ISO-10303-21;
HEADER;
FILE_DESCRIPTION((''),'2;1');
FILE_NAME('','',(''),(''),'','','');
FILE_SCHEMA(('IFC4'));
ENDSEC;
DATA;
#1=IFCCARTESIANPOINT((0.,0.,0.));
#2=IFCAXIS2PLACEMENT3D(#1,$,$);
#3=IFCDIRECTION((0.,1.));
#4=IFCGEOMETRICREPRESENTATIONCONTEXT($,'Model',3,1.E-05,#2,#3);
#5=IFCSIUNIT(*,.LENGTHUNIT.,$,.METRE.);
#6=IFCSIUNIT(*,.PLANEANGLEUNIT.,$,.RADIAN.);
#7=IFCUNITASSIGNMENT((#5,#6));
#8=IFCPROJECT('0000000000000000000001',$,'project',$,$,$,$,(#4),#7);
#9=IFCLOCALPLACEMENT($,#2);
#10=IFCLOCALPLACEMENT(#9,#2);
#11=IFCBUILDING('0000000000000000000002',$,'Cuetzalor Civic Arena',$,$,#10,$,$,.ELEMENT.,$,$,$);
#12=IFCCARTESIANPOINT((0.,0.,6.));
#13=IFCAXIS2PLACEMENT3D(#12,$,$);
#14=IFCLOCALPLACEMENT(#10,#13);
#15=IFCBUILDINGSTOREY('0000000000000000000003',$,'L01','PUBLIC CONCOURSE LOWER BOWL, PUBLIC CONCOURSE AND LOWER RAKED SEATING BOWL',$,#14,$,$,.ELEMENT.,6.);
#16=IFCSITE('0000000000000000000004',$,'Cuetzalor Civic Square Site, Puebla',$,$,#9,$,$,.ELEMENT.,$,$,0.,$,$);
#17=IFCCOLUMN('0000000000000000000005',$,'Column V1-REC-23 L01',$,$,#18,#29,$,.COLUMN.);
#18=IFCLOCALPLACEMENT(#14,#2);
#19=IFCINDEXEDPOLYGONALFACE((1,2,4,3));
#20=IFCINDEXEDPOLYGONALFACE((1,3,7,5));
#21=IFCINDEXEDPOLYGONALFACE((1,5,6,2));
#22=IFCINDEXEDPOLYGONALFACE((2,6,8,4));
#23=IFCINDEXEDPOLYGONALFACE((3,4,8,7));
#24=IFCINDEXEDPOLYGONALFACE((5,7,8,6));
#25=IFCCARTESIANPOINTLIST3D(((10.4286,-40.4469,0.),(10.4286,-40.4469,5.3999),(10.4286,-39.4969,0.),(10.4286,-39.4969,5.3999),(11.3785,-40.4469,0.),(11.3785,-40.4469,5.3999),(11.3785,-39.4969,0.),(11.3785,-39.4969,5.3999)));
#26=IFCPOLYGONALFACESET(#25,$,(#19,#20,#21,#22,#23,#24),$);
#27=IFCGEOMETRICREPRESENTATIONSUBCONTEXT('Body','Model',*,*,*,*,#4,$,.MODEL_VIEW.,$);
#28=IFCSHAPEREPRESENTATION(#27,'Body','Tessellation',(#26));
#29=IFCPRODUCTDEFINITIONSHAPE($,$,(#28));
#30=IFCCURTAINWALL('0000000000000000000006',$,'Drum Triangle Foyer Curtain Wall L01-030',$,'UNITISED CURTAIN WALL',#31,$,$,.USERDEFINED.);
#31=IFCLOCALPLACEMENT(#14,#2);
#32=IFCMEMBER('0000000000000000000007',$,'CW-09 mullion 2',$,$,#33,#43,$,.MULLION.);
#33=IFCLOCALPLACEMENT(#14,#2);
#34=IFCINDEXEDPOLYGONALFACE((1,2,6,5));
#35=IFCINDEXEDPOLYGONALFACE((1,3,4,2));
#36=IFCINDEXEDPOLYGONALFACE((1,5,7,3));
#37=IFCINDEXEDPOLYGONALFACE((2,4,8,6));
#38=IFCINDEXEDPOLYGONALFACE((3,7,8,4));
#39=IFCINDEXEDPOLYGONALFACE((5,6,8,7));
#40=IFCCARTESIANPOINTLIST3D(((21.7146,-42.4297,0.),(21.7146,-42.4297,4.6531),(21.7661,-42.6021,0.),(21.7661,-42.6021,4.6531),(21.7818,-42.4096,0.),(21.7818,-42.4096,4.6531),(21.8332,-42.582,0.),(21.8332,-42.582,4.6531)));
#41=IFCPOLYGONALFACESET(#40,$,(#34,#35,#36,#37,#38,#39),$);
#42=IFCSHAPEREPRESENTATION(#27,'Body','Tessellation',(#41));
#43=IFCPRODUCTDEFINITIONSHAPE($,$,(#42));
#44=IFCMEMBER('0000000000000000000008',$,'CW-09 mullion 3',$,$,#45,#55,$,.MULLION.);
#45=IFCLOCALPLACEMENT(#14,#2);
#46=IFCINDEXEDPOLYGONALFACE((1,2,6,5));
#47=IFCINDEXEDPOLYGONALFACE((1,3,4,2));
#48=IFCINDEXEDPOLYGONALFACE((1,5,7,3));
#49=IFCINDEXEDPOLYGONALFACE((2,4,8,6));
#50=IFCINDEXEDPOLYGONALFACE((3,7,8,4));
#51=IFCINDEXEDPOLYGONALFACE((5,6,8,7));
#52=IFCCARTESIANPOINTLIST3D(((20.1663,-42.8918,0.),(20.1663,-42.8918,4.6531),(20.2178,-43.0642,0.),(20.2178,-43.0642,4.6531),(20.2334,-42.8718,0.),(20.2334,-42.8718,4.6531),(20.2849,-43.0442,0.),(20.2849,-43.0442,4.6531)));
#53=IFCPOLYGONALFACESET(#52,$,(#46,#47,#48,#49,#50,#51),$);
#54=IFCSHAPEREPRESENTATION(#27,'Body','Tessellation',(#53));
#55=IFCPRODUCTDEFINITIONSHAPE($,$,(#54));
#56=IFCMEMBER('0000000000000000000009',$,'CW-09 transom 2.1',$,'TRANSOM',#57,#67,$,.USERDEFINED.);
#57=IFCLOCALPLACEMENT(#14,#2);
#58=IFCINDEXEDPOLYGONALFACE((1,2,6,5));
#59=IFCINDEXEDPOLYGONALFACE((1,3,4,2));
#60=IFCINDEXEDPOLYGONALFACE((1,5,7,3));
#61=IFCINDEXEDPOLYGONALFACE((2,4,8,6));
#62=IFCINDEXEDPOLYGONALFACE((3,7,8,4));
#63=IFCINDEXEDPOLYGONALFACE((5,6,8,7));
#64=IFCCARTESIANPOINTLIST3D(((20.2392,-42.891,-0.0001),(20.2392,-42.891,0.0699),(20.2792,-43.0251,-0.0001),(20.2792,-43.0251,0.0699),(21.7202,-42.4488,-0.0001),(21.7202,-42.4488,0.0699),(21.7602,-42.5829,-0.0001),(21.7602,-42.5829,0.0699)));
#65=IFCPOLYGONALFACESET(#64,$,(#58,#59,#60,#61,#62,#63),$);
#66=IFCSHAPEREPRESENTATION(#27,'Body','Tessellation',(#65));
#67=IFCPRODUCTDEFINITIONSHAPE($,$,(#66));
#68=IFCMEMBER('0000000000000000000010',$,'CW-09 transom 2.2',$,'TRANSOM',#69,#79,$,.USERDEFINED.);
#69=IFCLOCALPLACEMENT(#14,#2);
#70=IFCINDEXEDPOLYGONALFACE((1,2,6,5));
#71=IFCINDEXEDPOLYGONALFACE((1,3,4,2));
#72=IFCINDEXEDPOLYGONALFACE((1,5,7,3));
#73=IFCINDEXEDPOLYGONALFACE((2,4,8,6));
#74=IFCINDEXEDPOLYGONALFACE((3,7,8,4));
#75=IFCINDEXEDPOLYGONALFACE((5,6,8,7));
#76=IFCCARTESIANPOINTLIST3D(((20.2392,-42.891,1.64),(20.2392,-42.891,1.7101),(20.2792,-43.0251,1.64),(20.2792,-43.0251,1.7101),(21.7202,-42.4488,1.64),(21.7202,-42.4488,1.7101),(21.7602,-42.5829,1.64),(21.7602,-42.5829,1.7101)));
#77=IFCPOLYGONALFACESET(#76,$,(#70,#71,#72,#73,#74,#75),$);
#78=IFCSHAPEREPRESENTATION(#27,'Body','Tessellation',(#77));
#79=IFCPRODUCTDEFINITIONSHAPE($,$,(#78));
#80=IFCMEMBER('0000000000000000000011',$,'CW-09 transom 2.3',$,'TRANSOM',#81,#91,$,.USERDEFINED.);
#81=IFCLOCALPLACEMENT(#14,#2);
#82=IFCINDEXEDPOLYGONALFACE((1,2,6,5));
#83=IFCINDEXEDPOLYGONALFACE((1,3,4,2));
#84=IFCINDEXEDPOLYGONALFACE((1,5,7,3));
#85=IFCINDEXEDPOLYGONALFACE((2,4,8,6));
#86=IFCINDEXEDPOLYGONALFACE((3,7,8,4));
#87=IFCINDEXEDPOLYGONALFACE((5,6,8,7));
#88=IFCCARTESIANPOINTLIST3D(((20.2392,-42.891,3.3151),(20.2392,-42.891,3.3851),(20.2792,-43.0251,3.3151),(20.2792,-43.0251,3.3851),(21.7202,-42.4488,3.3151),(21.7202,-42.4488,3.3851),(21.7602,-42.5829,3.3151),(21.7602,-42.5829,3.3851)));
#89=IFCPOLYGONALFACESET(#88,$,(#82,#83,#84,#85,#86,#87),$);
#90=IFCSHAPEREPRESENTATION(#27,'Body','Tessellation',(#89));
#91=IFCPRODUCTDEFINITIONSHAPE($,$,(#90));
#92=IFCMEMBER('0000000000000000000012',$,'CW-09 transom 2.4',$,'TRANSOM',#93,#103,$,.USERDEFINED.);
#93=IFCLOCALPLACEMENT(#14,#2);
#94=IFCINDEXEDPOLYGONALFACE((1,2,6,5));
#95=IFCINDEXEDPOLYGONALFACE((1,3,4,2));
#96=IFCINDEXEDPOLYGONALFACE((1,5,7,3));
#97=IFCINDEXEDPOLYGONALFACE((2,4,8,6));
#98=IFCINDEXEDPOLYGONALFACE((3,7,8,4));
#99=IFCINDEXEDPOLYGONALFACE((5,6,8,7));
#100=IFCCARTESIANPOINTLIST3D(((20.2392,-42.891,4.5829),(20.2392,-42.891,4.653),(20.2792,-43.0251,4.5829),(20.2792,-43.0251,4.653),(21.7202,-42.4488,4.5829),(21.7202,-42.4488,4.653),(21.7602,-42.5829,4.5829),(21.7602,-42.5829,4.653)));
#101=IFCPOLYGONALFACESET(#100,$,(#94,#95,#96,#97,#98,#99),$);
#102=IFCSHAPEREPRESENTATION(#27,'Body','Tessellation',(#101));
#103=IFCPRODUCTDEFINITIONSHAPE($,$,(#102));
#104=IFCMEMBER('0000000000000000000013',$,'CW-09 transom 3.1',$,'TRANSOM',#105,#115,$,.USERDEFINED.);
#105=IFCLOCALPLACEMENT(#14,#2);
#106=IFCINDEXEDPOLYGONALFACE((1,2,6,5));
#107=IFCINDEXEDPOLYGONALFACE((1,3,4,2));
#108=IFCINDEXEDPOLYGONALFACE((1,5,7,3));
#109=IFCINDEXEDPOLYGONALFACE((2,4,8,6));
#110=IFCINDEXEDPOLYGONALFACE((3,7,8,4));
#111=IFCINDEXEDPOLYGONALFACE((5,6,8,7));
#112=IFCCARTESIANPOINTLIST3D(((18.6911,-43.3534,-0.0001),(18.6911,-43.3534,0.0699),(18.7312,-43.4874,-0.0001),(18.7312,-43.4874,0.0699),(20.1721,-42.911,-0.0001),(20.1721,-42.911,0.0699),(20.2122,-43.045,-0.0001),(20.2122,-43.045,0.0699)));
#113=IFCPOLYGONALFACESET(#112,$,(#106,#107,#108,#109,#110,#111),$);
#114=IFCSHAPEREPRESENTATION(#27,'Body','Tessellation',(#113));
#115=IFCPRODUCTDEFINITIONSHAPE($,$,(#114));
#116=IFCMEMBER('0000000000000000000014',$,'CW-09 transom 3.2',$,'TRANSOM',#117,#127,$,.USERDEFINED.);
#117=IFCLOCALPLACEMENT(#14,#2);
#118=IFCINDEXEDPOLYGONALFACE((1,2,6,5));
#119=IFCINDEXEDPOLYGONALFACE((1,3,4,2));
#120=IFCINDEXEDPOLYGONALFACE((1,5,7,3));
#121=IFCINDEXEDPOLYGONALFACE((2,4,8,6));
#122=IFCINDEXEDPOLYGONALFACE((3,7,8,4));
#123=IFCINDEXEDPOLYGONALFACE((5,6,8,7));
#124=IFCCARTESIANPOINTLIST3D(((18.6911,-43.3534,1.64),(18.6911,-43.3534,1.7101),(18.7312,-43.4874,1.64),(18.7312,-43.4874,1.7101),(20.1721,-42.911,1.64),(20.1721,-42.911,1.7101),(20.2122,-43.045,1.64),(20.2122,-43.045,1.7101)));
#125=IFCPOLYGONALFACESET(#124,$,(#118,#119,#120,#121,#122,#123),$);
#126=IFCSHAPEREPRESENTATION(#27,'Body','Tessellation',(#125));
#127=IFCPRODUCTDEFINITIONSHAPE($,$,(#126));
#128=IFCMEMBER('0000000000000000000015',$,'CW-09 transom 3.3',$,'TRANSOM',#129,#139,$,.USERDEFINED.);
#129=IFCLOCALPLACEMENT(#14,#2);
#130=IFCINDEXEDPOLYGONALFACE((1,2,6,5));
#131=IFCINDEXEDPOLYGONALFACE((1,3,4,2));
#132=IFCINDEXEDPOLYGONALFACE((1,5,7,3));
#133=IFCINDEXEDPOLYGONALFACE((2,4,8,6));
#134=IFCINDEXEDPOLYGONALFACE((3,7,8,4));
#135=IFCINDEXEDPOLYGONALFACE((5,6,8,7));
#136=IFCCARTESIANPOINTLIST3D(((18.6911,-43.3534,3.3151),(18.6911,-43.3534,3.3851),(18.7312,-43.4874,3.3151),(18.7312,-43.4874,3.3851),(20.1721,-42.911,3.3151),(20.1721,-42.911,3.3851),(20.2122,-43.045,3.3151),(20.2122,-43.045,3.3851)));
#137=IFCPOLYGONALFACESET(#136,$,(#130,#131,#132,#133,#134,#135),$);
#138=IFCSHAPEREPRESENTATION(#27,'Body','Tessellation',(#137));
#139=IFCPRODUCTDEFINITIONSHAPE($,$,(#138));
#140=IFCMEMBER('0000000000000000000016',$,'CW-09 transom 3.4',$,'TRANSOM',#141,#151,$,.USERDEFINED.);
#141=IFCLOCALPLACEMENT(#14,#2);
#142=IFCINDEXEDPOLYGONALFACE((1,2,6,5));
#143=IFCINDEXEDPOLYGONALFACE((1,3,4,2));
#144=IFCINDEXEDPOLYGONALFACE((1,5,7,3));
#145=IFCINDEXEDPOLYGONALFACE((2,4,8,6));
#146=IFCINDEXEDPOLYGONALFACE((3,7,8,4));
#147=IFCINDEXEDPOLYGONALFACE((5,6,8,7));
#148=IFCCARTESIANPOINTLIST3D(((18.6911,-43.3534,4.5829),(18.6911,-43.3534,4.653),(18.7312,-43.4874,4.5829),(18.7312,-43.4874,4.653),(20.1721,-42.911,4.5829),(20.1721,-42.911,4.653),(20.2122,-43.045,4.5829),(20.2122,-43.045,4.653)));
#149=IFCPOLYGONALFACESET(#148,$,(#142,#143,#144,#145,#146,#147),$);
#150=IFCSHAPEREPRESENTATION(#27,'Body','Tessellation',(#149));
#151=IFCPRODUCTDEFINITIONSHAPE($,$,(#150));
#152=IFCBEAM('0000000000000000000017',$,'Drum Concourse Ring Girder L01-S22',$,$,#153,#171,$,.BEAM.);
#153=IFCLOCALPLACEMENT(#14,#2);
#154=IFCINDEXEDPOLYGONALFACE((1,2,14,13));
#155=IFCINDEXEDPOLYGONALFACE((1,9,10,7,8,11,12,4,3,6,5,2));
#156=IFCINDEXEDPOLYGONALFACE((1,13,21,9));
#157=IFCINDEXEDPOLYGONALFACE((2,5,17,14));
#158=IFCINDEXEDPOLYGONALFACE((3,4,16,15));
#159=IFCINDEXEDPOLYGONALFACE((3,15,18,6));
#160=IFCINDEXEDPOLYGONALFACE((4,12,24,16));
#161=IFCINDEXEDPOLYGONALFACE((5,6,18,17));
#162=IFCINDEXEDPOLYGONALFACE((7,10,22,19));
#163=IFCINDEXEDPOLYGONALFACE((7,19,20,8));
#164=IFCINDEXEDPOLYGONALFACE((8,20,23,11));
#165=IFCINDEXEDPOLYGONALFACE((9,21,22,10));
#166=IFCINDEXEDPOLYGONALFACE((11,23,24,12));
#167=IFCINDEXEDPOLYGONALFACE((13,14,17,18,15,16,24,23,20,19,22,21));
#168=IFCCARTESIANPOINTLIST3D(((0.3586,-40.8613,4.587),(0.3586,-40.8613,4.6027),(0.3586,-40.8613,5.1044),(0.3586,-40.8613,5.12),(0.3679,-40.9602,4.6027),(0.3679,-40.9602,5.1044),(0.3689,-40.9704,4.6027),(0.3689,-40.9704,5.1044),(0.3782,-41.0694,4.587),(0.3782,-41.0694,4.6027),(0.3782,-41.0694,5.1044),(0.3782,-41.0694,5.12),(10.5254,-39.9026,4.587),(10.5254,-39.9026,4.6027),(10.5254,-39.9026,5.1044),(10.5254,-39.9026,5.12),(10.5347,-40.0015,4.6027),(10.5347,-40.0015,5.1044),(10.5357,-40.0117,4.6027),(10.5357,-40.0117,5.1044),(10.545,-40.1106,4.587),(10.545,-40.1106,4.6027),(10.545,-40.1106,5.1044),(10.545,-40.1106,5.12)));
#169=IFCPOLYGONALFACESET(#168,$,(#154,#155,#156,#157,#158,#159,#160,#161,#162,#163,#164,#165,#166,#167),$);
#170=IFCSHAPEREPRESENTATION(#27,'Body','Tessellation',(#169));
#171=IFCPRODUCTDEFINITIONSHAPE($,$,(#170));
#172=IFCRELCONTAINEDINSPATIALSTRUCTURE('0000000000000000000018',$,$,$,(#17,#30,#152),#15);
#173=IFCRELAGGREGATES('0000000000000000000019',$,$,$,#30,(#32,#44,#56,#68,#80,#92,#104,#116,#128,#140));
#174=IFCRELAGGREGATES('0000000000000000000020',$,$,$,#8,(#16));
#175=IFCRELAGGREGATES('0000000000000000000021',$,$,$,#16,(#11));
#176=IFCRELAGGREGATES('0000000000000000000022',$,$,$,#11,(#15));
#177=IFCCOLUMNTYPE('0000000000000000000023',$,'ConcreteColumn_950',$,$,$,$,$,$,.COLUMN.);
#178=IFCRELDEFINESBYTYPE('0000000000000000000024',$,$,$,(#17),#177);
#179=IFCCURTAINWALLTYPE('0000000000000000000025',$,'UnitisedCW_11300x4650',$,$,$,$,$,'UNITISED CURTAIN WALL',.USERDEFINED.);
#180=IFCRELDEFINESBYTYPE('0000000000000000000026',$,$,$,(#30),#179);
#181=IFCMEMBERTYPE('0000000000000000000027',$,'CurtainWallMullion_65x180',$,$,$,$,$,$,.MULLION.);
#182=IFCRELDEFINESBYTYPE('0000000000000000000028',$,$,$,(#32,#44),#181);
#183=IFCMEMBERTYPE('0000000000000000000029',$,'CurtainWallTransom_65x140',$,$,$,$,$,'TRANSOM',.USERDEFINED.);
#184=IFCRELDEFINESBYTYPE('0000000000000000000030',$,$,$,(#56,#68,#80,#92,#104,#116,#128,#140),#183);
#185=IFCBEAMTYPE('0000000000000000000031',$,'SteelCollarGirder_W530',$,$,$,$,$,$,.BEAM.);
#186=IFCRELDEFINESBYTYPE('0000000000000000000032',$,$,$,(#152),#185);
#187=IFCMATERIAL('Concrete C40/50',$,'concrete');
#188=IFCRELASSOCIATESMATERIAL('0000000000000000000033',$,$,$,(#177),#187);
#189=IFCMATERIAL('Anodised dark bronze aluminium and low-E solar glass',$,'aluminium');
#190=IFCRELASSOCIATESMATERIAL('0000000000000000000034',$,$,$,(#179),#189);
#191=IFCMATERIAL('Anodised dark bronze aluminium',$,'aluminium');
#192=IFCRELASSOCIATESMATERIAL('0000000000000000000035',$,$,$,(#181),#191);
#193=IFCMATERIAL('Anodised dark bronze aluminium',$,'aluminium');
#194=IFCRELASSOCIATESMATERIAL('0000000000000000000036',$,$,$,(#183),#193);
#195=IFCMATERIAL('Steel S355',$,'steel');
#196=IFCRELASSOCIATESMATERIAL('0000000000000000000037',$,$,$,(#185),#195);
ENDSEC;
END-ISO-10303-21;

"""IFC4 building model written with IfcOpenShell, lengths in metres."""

from ifc_helpers import new_model, si_unit, direction, frame, origin, origin_2d, place, context, subcontext, project, spatial, rectangle, i_section, extrude, material, material_profile, profile_set, type_object, element, aggregate, save


model = new_model("IFC4")

# Units and contexts
model_context = context("Model", 3, precision=1e-05, world=origin(), true_north=direction((0.0, 1.0)))
body_context = subcontext(model_context, "Body", "Model", "MODEL_VIEW")
ifc_project = project(units=[si_unit("LENGTHUNIT", "METRE"), si_unit("PLANEANGLEUNIT", "RADIAN")], contexts=[model_context])

# Site, building, storey
site_placement = place(None, origin())
site = spatial("IfcSite", under=ifc_project, at=site_placement, Name="Cuetzalor Civic Square Site, Puebla", CompositionType="ELEMENT", RefElevation=0.0)
building_placement = place(site_placement, origin())
building = spatial("IfcBuilding", under=site, at=building_placement, Name="Cuetzalor Civic Arena", CompositionType="ELEMENT")
storey_placement = place(building_placement, frame((0.0, 0.0, 6.0)))
storey = spatial("IfcBuildingStorey", under=building, at=storey_placement, Name="L01", Description="PUBLIC CONCOURSE LOWER BOWL, PUBLIC CONCOURSE AND LOWER RAKED SEATING BOWL", CompositionType="ELEMENT", Elevation=6.0)

# Column
ifc_material_1 = material(Name="Concrete C40/50", Category="concrete")
ifc_material_profile_1 = material_profile(ifc_material_1, rectangle(XDim=0.95, YDim=0.95, at=origin_2d()), Name="RC 950x950")
ifc_profile_set_1 = profile_set([ifc_material_profile_1], Name="Concrete C40/50")
column_type = type_object("IfcColumnType", Name="ConcreteColumn_950", PredefinedType="COLUMN", material=ifc_profile_set_1)
column_placement = place(storey_placement, frame((10.9036, -39.9719, 0.0), z_axis=(0.0, 0.0, 1.0), x_axis=(1.0, 0.0, 0.0)))
element("IfcColumn", 1, at=column_placement, inside=storey, type_object=column_type, Name="Column V1-REC-23 L01", PredefinedType="COLUMN", context=body_context, shape_type="SweptSolid", body=[
    extrude(rectangle(XDim=0.95, YDim=0.95, at=origin_2d()), origin(), (0.0, 0.0, 1.0), 5.3999),
])

# Curtain wall, members
ifc_material_2 = material(Name="Anodised dark bronze aluminium and low-E solar glass", Category="aluminium")
curtain_wall_type = type_object("IfcCurtainWallType", Name="UnitisedCW_11300x4650", ElementType="UNITISED CURTAIN WALL", PredefinedType="USERDEFINED", material=ifc_material_2)
curtain_wall_placement = place(storey_placement, origin())
curtain_wall = element("IfcCurtainWall", 2, at=curtain_wall_placement, inside=storey, type_object=curtain_wall_type, Name="Drum Triangle Foyer Curtain Wall L01-030", ObjectType="UNITISED CURTAIN WALL", PredefinedType="USERDEFINED")
ifc_material_3 = material(Name="Anodised dark bronze aluminium", Category="aluminium")
ifc_material_profile_2 = material_profile(ifc_material_3, rectangle(XDim=0.0701, YDim=0.1799, at=origin_2d()), Name="ALU MULLION 70x180")
ifc_profile_set_2 = profile_set([ifc_material_profile_2], Name="Anodised dark bronze aluminium")
member_type_1 = type_object("IfcMemberType", Name="CurtainWallMullion_65x180", PredefinedType="MULLION", material=ifc_profile_set_2)
member_1_placement = place(storey_placement, frame((21.7739, -42.5059, 0.0), z_axis=(0.0, 0.0, 1.0), x_axis=(-0.958194, -0.28612, 0.0)))
member_1 = element("IfcMember", 3, at=member_1_placement, type_object=member_type_1, Name="CW-09 mullion 2", PredefinedType="MULLION", context=body_context, shape_type="SweptSolid", body=[
    extrude(rectangle(XDim=0.0701, YDim=0.1799, at=origin_2d()), origin(), (0.0, 0.0, 1.0), 4.6531),
])
member_2_placement = place(storey_placement, frame((20.2256, -42.968, 0.0), z_axis=(0.0, 0.0, 1.0), x_axis=(-0.958194, -0.28612, 0.0)))
member_2 = element("IfcMember", 4, at=member_2_placement, type_object=member_type_1, Name="CW-09 mullion 3", PredefinedType="MULLION", context=body_context, shape_type="SweptSolid", body=[
    extrude(rectangle(XDim=0.0701, YDim=0.1799, at=origin_2d()), origin(), (0.0, 0.0, 1.0), 4.6531),
])
ifc_material_4 = material(Name="Anodised dark bronze aluminium", Category="aluminium")
ifc_material_profile_3 = material_profile(ifc_material_4, rectangle(XDim=0.1399, YDim=0.0701, at=origin_2d()), Name="ALU TRANSOM 70x140")
ifc_profile_set_3 = profile_set([ifc_material_profile_3], Name="Anodised dark bronze aluminium")
member_type_2 = type_object("IfcMemberType", Name="CurtainWallTransom_65x140", ElementType="TRANSOM", PredefinedType="USERDEFINED", material=ifc_profile_set_3)
member_3_placement = place(storey_placement, frame((21.7402, -42.5159, 0.0349), z_axis=(-0.958208, -0.286072, 0.0), x_axis=(0.286072, -0.958208, 0.0)))
member_3 = element("IfcMember", 5, at=member_3_placement, type_object=member_type_2, Name="CW-09 transom 2.1", ObjectType="TRANSOM", PredefinedType="USERDEFINED", context=body_context, shape_type="SweptSolid", body=[
    extrude(rectangle(XDim=0.1399, YDim=0.0701, at=origin_2d()), origin(), (0.0, 0.0, 1.0), 1.5457),
])
member_4_placement = place(storey_placement, frame((21.7402, -42.5159, 1.675), z_axis=(-0.958208, -0.286072, 0.0), x_axis=(0.286072, -0.958208, 0.0)))
member_4 = element("IfcMember", 6, at=member_4_placement, type_object=member_type_2, Name="CW-09 transom 2.2", ObjectType="TRANSOM", PredefinedType="USERDEFINED", context=body_context, shape_type="SweptSolid", body=[
    extrude(rectangle(XDim=0.1399, YDim=0.0701, at=origin_2d()), origin(), (0.0, 0.0, 1.0), 1.5457),
])
member_5_placement = place(storey_placement, frame((21.7402, -42.5159, 3.3501), z_axis=(-0.958208, -0.286072, 0.0), x_axis=(0.286072, -0.958208, 0.0)))
member_5 = element("IfcMember", 7, at=member_5_placement, type_object=member_type_2, Name="CW-09 transom 2.3", ObjectType="TRANSOM", PredefinedType="USERDEFINED", context=body_context, shape_type="SweptSolid", body=[
    extrude(rectangle(XDim=0.1399, YDim=0.0701, at=origin_2d()), origin(), (0.0, 0.0, 1.0), 1.5457),
])
member_6_placement = place(storey_placement, frame((21.7402, -42.5159, 4.6179), z_axis=(-0.958208, -0.286072, 0.0), x_axis=(0.286072, -0.958208, 0.0)))
member_6 = element("IfcMember", 8, at=member_6_placement, type_object=member_type_2, Name="CW-09 transom 2.4", ObjectType="TRANSOM", PredefinedType="USERDEFINED", context=body_context, shape_type="SweptSolid", body=[
    extrude(rectangle(XDim=0.1399, YDim=0.0701, at=origin_2d()), origin(), (0.0, 0.0, 1.0), 1.5457),
])
member_7_placement = place(storey_placement, frame((20.1921, -42.978, 0.0349), z_axis=(-0.958165, -0.286217, 0.0), x_axis=(0.286217, -0.958165, 0.0)))
member_7 = element("IfcMember", 9, at=member_7_placement, type_object=member_type_2, Name="CW-09 transom 3.1", ObjectType="TRANSOM", PredefinedType="USERDEFINED", context=body_context, shape_type="SweptSolid", body=[
    extrude(rectangle(XDim=0.1399, YDim=0.0701, at=origin_2d()), origin(), (0.0, 0.0, 1.0), 1.5457),
])
member_8_placement = place(storey_placement, frame((20.1921, -42.978, 1.675), z_axis=(-0.958165, -0.286217, 0.0), x_axis=(0.286217, -0.958165, 0.0)))
member_8 = element("IfcMember", 10, at=member_8_placement, type_object=member_type_2, Name="CW-09 transom 3.2", ObjectType="TRANSOM", PredefinedType="USERDEFINED", context=body_context, shape_type="SweptSolid", body=[
    extrude(rectangle(XDim=0.1399, YDim=0.0701, at=origin_2d()), origin(), (0.0, 0.0, 1.0), 1.5457),
])
member_9_placement = place(storey_placement, frame((20.1921, -42.978, 3.3501), z_axis=(-0.958165, -0.286217, 0.0), x_axis=(0.286217, -0.958165, 0.0)))
member_9 = element("IfcMember", 11, at=member_9_placement, type_object=member_type_2, Name="CW-09 transom 3.3", ObjectType="TRANSOM", PredefinedType="USERDEFINED", context=body_context, shape_type="SweptSolid", body=[
    extrude(rectangle(XDim=0.1399, YDim=0.0701, at=origin_2d()), origin(), (0.0, 0.0, 1.0), 1.5457),
])
member_10_placement = place(storey_placement, frame((20.1921, -42.978, 4.6179), z_axis=(-0.958165, -0.286217, 0.0), x_axis=(0.286217, -0.958165, 0.0)))
member_10 = element("IfcMember", 12, at=member_10_placement, type_object=member_type_2, Name="CW-09 transom 3.4", ObjectType="TRANSOM", PredefinedType="USERDEFINED", context=body_context, shape_type="SweptSolid", body=[
    extrude(rectangle(XDim=0.1399, YDim=0.0701, at=origin_2d()), origin(), (0.0, 0.0, 1.0), 1.5457),
])

# Beam
ifc_material_5 = material(Name="Steel S355", Category="steel")
ifc_material_profile_4 = material_profile(ifc_material_5, i_section(OverallWidth=0.209, OverallDepth=0.533, WebThickness=0.0103, FlangeThickness=0.0156, at=origin_2d()), Name="W530x92")
ifc_profile_set_4 = profile_set([ifc_material_profile_4], Name="Steel S355")
beam_type_1 = type_object("IfcBeamType", Name="SteelCollarGirder_W530", PredefinedType="BEAM", material=ifc_profile_set_4)
beam_placement = place(storey_placement, frame((0.3684, -40.9653, 4.8535), z_axis=(0.995583, 0.093885, 0.0), x_axis=(-0.093885, 0.995583, 0.0)))
element("IfcBeam", 13, at=beam_placement, inside=storey, type_object=beam_type_1, Name="Drum Concourse Ring Girder L01-S22", PredefinedType="BEAM", context=body_context, shape_type="SweptSolid", body=[
    extrude(i_section(OverallWidth=0.209, OverallDepth=0.533, WebThickness=0.0103, FlangeThickness=0.0156, at=origin_2d()), origin(), (0.0, 0.0, 1.0), 10.2119),
])

aggregate(curtain_wall, [member_1, member_2, member_3, member_4, member_5, member_6, member_7, member_8, member_9, member_10])

save(model, "model.ifc")
